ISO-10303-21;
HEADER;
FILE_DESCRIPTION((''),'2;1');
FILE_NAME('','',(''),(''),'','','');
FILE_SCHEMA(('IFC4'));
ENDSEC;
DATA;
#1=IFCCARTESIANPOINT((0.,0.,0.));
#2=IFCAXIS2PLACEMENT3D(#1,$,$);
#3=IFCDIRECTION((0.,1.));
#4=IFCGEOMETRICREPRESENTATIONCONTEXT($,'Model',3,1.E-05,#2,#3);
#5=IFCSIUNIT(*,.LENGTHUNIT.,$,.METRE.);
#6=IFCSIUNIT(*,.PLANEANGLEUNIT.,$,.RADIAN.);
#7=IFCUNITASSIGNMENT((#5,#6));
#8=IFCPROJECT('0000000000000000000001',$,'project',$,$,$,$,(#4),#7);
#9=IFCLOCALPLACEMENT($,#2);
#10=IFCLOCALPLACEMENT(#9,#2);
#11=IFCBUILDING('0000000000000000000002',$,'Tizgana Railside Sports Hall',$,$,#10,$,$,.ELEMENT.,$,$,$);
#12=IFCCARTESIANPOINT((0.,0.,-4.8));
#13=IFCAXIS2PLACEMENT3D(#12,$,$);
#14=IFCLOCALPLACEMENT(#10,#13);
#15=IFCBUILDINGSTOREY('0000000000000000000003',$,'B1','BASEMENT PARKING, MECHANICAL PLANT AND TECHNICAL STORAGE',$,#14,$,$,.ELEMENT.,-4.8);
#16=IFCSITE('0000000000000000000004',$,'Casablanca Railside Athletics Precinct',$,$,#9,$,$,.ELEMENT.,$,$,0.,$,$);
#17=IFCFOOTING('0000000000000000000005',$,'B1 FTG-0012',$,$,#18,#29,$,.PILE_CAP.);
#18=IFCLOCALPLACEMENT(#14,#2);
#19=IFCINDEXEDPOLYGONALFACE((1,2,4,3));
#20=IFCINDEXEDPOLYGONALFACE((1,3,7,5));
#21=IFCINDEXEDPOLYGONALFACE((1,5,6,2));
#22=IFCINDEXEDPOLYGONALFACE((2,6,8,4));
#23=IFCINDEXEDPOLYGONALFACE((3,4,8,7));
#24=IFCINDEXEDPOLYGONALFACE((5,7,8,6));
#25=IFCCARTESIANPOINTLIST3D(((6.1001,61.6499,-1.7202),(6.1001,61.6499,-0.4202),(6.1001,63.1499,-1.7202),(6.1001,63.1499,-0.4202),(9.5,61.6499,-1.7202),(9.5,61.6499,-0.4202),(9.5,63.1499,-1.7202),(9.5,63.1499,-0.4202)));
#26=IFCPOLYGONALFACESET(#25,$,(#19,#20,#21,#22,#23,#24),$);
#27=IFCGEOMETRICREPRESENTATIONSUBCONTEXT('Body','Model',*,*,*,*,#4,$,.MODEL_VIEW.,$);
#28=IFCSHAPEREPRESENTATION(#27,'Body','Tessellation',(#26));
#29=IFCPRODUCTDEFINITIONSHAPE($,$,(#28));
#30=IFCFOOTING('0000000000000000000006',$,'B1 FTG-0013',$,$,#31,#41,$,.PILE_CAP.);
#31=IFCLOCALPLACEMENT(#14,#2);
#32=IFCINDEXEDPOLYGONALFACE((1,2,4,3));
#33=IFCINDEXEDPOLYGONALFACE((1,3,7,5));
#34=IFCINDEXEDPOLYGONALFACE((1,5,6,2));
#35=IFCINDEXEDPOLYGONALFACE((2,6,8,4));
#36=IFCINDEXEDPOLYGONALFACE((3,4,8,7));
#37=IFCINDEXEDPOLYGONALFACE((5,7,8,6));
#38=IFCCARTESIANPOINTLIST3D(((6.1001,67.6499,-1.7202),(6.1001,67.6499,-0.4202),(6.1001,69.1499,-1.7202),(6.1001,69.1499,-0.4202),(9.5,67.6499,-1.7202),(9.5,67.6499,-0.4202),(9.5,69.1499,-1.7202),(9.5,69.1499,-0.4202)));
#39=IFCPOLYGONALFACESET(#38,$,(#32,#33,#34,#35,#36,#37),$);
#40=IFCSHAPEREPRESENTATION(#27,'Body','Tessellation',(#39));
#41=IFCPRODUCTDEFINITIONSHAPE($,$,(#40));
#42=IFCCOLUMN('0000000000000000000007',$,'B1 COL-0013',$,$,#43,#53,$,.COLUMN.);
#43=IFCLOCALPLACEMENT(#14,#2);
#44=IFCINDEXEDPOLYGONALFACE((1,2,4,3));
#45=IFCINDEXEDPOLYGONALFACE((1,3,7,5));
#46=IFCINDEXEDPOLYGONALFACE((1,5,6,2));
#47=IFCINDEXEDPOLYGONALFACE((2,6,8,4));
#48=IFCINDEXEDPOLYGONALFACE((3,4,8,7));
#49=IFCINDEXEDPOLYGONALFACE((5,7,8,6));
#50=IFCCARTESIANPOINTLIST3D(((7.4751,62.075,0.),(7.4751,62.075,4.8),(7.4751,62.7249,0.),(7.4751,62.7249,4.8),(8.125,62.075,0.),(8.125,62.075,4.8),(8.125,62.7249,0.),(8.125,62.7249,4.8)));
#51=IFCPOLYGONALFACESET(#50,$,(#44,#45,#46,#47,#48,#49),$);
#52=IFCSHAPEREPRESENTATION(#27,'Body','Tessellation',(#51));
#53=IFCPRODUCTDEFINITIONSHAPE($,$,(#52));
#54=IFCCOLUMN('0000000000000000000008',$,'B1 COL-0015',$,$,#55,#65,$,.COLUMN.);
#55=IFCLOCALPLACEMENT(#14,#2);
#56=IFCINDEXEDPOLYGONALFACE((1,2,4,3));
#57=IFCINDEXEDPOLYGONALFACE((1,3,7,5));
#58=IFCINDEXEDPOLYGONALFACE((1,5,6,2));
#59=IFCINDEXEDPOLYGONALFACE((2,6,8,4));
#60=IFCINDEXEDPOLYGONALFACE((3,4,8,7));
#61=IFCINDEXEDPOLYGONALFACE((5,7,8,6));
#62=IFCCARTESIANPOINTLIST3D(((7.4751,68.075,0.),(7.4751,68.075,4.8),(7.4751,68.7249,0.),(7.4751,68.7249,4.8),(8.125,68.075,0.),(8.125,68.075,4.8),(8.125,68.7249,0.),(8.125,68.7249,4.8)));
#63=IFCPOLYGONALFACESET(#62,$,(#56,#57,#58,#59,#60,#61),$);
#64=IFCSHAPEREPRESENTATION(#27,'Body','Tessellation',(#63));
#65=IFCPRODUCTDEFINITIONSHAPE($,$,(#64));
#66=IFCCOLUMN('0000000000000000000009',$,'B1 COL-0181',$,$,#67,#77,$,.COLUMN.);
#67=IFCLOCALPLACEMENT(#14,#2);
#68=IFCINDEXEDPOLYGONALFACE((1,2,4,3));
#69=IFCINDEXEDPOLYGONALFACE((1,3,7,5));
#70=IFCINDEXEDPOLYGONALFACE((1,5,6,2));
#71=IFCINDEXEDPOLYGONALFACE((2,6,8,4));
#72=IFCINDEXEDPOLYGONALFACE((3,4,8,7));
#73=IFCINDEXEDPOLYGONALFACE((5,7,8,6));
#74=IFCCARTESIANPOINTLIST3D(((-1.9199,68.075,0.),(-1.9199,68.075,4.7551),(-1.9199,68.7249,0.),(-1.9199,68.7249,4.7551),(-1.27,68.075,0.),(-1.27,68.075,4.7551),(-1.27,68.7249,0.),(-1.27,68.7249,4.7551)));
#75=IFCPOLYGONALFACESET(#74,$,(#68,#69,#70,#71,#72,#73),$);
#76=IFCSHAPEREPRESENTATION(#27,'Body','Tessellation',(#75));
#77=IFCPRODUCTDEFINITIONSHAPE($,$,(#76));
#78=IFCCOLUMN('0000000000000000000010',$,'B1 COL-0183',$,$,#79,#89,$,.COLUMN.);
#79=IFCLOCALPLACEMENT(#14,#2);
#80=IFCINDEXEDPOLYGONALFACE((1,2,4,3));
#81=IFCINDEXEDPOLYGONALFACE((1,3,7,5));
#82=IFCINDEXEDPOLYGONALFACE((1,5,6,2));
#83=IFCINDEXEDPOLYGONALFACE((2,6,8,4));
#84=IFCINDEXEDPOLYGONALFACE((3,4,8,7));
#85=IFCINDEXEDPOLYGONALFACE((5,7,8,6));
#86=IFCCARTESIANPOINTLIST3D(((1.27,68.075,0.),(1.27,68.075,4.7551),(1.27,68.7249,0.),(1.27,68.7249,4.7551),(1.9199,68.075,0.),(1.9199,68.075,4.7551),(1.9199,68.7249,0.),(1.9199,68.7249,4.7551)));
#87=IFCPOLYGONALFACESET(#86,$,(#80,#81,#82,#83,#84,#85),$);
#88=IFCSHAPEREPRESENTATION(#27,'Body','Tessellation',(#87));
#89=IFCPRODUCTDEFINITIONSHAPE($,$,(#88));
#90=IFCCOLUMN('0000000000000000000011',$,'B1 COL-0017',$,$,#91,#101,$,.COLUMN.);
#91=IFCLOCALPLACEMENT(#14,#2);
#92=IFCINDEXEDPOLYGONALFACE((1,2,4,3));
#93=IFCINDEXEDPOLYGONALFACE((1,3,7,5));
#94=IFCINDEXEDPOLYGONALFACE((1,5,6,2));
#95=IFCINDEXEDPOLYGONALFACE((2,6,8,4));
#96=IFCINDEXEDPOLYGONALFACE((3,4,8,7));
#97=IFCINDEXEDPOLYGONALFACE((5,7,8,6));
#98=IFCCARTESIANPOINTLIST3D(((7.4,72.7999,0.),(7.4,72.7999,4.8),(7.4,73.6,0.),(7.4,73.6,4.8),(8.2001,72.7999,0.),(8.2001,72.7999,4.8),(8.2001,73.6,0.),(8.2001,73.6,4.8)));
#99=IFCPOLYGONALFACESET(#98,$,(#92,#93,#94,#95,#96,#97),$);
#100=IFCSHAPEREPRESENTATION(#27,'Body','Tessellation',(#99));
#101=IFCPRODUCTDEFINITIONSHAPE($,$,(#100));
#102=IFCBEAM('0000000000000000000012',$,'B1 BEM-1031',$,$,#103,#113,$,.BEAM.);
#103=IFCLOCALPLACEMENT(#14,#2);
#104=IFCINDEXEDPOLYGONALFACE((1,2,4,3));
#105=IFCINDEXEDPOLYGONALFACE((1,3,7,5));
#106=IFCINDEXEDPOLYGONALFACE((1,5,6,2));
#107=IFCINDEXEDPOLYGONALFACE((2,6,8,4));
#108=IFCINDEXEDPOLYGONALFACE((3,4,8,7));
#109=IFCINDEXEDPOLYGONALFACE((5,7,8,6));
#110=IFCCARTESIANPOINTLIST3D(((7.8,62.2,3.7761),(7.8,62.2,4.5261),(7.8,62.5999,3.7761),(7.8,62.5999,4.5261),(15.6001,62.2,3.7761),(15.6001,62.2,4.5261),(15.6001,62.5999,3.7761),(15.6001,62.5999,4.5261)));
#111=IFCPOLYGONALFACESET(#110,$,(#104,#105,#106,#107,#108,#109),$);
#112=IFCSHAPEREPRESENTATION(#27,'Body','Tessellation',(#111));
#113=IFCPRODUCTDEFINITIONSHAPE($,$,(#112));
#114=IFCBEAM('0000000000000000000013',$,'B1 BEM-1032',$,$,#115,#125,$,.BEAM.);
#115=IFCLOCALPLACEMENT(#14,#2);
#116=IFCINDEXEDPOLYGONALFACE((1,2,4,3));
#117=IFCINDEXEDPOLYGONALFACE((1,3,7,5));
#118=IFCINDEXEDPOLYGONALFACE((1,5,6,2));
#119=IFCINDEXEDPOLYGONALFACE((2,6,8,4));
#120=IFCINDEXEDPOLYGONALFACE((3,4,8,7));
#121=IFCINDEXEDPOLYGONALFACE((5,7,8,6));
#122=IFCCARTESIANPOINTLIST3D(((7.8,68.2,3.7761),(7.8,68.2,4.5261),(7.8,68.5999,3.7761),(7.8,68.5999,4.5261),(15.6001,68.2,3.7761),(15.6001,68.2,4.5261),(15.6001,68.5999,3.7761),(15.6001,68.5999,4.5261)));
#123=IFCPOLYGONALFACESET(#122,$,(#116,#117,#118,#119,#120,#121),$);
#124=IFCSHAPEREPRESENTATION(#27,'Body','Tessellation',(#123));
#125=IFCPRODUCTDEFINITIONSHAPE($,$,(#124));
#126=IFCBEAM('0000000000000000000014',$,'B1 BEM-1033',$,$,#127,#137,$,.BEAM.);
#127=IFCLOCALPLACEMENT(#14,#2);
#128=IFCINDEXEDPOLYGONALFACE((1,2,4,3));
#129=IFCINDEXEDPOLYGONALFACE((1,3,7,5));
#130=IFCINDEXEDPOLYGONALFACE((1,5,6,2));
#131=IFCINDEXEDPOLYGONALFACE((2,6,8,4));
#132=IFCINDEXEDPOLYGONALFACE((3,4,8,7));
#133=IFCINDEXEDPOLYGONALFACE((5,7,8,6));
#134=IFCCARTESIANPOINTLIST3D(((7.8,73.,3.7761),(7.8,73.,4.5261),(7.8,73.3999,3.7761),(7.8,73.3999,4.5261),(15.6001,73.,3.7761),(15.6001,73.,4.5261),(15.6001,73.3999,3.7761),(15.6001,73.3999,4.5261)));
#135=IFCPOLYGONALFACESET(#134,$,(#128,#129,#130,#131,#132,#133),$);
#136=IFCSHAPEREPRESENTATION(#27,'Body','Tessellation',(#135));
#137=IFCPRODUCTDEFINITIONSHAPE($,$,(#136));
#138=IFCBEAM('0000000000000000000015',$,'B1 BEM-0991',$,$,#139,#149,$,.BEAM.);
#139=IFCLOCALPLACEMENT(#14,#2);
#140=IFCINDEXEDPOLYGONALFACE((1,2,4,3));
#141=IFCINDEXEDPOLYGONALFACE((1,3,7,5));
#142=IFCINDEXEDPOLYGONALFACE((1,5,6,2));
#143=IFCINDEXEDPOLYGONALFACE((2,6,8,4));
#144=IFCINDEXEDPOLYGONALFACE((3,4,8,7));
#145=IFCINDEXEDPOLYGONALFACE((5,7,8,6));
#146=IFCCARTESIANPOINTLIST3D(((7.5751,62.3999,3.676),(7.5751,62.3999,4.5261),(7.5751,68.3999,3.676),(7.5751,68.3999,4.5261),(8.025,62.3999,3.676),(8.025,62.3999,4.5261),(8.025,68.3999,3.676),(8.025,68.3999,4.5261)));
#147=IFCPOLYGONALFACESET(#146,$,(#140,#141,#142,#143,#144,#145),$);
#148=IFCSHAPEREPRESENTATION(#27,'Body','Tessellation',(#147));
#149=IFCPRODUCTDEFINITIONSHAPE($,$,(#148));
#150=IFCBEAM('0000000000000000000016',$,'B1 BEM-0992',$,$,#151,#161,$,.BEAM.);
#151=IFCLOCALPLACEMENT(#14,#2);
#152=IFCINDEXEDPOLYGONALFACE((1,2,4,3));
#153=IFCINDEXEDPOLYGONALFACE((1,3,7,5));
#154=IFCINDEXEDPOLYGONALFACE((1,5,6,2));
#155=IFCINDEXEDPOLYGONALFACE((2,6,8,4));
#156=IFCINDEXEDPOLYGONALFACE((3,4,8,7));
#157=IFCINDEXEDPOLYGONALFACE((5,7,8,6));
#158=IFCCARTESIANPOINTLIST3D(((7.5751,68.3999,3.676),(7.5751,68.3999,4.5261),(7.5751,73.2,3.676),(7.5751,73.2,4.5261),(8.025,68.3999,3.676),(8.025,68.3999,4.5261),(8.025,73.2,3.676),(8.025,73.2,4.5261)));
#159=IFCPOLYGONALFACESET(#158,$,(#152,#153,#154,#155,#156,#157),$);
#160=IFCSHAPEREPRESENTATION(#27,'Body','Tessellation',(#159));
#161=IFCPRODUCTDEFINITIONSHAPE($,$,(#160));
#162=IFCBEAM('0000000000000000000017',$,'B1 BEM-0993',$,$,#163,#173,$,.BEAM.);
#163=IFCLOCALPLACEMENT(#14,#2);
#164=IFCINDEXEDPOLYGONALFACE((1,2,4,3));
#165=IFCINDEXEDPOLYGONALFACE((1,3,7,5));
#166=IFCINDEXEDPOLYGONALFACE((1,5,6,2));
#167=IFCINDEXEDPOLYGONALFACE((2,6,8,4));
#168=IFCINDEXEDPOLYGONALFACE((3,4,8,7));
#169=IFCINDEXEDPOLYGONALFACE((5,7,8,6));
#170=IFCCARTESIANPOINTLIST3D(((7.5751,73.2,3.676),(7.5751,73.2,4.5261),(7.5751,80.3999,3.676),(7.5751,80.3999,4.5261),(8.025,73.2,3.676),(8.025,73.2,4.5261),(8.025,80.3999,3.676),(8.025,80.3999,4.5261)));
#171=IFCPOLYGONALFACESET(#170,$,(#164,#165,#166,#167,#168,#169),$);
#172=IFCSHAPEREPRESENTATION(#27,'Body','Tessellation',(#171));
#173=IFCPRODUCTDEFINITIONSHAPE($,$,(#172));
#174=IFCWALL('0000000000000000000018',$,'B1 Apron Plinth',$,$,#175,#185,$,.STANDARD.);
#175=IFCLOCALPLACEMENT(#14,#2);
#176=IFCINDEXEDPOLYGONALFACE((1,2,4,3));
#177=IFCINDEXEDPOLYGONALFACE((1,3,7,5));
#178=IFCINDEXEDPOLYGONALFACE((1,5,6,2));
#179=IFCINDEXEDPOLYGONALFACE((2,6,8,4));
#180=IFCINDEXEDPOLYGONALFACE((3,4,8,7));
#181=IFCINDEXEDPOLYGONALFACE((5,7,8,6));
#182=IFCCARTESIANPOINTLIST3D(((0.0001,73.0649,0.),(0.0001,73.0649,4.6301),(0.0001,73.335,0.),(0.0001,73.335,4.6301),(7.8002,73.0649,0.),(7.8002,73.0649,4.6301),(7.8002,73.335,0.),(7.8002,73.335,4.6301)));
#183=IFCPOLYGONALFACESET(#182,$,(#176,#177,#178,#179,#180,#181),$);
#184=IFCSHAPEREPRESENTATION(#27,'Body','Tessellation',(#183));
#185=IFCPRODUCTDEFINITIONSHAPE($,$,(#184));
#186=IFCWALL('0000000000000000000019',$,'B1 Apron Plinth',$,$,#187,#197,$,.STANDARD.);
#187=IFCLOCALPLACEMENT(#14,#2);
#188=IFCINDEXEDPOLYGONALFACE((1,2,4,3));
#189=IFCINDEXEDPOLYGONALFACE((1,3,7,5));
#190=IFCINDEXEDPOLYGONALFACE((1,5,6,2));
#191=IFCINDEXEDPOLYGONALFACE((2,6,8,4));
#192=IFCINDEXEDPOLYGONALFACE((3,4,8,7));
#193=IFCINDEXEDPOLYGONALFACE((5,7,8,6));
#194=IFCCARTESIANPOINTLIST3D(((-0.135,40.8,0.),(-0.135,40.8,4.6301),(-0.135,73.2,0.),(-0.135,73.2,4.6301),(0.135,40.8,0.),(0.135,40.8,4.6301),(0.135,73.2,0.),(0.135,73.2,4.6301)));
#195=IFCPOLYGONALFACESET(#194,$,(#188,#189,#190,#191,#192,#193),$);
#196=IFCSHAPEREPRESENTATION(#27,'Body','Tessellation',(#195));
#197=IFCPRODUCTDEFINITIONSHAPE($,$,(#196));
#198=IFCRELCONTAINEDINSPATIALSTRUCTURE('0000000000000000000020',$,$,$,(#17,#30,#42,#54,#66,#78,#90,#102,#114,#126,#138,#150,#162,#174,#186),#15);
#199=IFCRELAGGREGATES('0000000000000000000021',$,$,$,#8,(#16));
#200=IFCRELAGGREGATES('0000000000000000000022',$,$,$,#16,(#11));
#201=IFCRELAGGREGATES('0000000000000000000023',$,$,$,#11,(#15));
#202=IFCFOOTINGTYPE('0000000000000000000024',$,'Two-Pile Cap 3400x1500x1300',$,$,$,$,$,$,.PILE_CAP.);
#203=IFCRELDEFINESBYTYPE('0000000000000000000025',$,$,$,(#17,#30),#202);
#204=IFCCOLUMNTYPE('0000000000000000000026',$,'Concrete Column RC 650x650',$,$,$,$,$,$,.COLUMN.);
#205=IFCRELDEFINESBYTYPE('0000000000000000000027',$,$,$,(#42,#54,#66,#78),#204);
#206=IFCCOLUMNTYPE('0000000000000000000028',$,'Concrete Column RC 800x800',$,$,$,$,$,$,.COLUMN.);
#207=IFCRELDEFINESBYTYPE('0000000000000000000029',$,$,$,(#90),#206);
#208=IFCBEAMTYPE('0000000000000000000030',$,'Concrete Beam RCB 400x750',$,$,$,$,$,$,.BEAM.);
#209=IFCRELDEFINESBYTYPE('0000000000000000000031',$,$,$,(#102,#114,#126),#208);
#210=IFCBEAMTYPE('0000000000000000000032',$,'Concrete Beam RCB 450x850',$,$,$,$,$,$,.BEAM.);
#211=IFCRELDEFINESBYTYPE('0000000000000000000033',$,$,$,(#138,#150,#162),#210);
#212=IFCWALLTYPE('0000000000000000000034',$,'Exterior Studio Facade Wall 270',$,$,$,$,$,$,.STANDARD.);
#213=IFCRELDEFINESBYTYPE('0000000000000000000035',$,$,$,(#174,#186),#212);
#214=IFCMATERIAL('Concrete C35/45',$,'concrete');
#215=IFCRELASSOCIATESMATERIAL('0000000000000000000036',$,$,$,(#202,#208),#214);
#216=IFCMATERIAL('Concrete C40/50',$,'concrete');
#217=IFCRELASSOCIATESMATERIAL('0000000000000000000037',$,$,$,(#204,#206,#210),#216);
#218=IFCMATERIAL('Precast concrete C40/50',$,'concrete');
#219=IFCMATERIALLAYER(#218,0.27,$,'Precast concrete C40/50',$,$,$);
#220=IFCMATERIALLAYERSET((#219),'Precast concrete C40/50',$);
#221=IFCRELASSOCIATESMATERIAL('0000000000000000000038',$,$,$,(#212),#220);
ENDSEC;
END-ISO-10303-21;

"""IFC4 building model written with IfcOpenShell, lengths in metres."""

from ifc_helpers import new_model, si_unit, direction, frame, frame_2d, origin, origin_2d, place, context, subcontext, project, spatial, rectangle, extrude, material, layer, layer_set, material_profile, profile_set, type_object, element, save


model = new_model("IFC4")

# Units and contexts
model_context = context("Model", 3, precision=1e-05, world=origin(), true_north=direction((0.0, 1.0)))
body_context = subcontext(model_context, "Body", "Model", "MODEL_VIEW")
ifc_project = project(units=[si_unit("LENGTHUNIT", "METRE"), si_unit("PLANEANGLEUNIT", "RADIAN")], contexts=[model_context])

# Site, building, storey
site_placement = place(None, origin())
site = spatial("IfcSite", under=ifc_project, at=site_placement, Name="Casablanca Railside Athletics Precinct", CompositionType="ELEMENT", RefElevation=0.0)
building_placement = place(site_placement, origin())
building = spatial("IfcBuilding", under=site, at=building_placement, Name="Tizgana Railside Sports Hall", CompositionType="ELEMENT")
storey_placement = place(building_placement, frame((0.0, 0.0, -4.8)))
storey = spatial("IfcBuildingStorey", under=building, at=storey_placement, Name="B1", Description="BASEMENT PARKING, MECHANICAL PLANT AND TECHNICAL STORAGE", CompositionType="ELEMENT", Elevation=-4.8)

# Shared definitions
ifc_material_1 = material(Name="Concrete C35/45", Category="concrete")

# Footings
footing_type_1 = type_object("IfcFootingType", Name="Two-Pile Cap 3400x1500x1300", PredefinedType="PILE_CAP", material=ifc_material_1)
for number, where, z_axis, x_axis, name in (
    (1, (7.8, 62.3999, -1.7202), (0.0, 0.0, 1.0), (1.0, 0.0, 0.0), "B1 FTG-0012"),
    (2, (7.8, 68.3999, -1.7202), (0.0, 0.0, 1.0), (1.0, 0.0, 0.0), "B1 FTG-0013"),
):
    element("IfcFooting", number, at=place(storey_placement, frame(where, z_axis=z_axis, x_axis=x_axis)), inside=storey, type_object=footing_type_1, Name=name, PredefinedType="PILE_CAP", context=body_context, shape_type="SweptSolid", body=[
        extrude(rectangle(XDim=3.3999, YDim=1.5, at=origin_2d()), origin(), (0.0, 0.0, 1.0), 1.3),
    ])

# Columns
ifc_material_2 = material(Name="Concrete C40/50", Category="concrete")
ifc_material_profile_1 = material_profile(ifc_material_2, rectangle(XDim=0.6499, YDim=0.6499, at=origin_2d()), Name="RC 650x650")
ifc_profile_set_1 = profile_set([ifc_material_profile_1], Name="Concrete C40/50")
column_type_1 = type_object("IfcColumnType", Name="Concrete Column RC 650x650", PredefinedType="COLUMN", material=ifc_profile_set_1)
for number, where, z_axis, x_axis, name in (
    (3, (7.8, 62.3999, 0.0), (0.0, 0.0, 1.0), (1.0, 0.0, 0.0), "B1 COL-0013"),
    (4, (7.8, 68.3999, 0.0), (0.0, 0.0, 1.0), (1.0, 0.0, 0.0), "B1 COL-0015"),
):
    element("IfcColumn", number, at=place(storey_placement, frame(where, z_axis=z_axis, x_axis=x_axis)), inside=storey, type_object=column_type_1, Name=name, PredefinedType="COLUMN", context=body_context, shape_type="SweptSolid", body=[
        extrude(rectangle(XDim=0.6499, YDim=0.6499, at=origin_2d()), origin(), (0.0, 0.0, 1.0), 4.8),
    ])
for number, where, z_axis, x_axis, name in (
    (5, (-1.595, 68.3999, 0.0), (0.0, 0.0, 1.0), (1.0, 0.0, 0.0), "B1 COL-0181"),
    (6, (1.595, 68.3999, 0.0), (0.0, 0.0, 1.0), (1.0, 0.0, 0.0), "B1 COL-0183"),
):
    element("IfcColumn", number, at=place(storey_placement, frame(where, z_axis=z_axis, x_axis=x_axis)), inside=storey, type_object=column_type_1, Name=name, PredefinedType="COLUMN", context=body_context, shape_type="SweptSolid", body=[
        extrude(rectangle(XDim=0.6499, YDim=0.6499, at=origin_2d()), origin(), (0.0, 0.0, 1.0), 4.7551),
    ])
ifc_material_profile_2 = material_profile(ifc_material_2, rectangle(XDim=0.8, YDim=0.8, at=origin_2d()), Name="RC 800x800")
ifc_profile_set_2 = profile_set([ifc_material_profile_2], Name="Concrete C40/50")
column_type_2 = type_object("IfcColumnType", Name="Concrete Column RC 800x800", PredefinedType="COLUMN", material=ifc_profile_set_2)
column_placement = place(storey_placement, frame((7.8, 73.2, 0.0), z_axis=(0.0, 0.0, 1.0), x_axis=(1.0, 0.0, 0.0)))
element("IfcColumn", 7, at=column_placement, inside=storey, type_object=column_type_2, Name="B1 COL-0017", PredefinedType="COLUMN", context=body_context, shape_type="SweptSolid", body=[
    extrude(rectangle(XDim=0.8, YDim=0.8, at=origin_2d()), origin(), (0.0, 0.0, 1.0), 4.8),
])

# Beams
ifc_material_profile_3 = material_profile(ifc_material_1, rectangle(XDim=0.3999, YDim=0.75, at=origin_2d()), Name="RCB 400x750")
ifc_profile_set_3 = profile_set([ifc_material_profile_3], Name="Concrete C35/45")
beam_type_1 = type_object("IfcBeamType", Name="Concrete Beam RCB 400x750", PredefinedType="BEAM", material=ifc_profile_set_3)
for number, where, z_axis, x_axis, name in (
    (8, (7.8, 62.3999, 4.1511), (1.0, 0.0, 0.0), (0.0, 1.0, 0.0), "B1 BEM-1031"),
    (9, (7.8, 68.3999, 4.1511), (1.0, 0.0, 0.0), (0.0, 1.0, 0.0), "B1 BEM-1032"),
    (10, (7.8, 73.2, 4.1511), (1.0, 0.0, 0.0), (0.0, 1.0, 0.0), "B1 BEM-1033"),
):
    element("IfcBeam", number, at=place(storey_placement, frame(where, z_axis=z_axis, x_axis=x_axis)), inside=storey, type_object=beam_type_1, Name=name, PredefinedType="BEAM", context=body_context, shape_type="SweptSolid", body=[
        extrude(rectangle(XDim=0.3999, YDim=0.75, at=origin_2d()), origin(), (0.0, 0.0, 1.0), 7.8),
    ])
ifc_material_profile_4 = material_profile(ifc_material_2, rectangle(XDim=0.45, YDim=0.8501, at=origin_2d()), Name="RCB 450x850")
ifc_profile_set_4 = profile_set([ifc_material_profile_4], Name="Concrete C40/50")
beam_type_2 = type_object("IfcBeamType", Name="Concrete Beam RCB 450x850", PredefinedType="BEAM", material=ifc_profile_set_4)
beam_1_placement = place(storey_placement, frame((7.8, 62.3999, 4.1011), z_axis=(0.0, 1.0, 0.0), x_axis=(-1.0, 0.0, 0.0)))
element("IfcBeam", 11, at=beam_1_placement, inside=storey, type_object=beam_type_2, Name="B1 BEM-0991", PredefinedType="BEAM", context=body_context, shape_type="SweptSolid", body=[
    extrude(rectangle(XDim=0.45, YDim=0.8501, at=origin_2d()), origin(), (0.0, 0.0, 1.0), 6.0),
])
beam_2_placement = place(storey_placement, frame((7.8, 68.3999, 4.1011), z_axis=(0.0, 1.0, 0.0), x_axis=(-1.0, 0.0, 0.0)))
element("IfcBeam", 12, at=beam_2_placement, inside=storey, type_object=beam_type_2, Name="B1 BEM-0992", PredefinedType="BEAM", context=body_context, shape_type="SweptSolid", body=[
    extrude(rectangle(XDim=0.45, YDim=0.8501, at=origin_2d()), origin(), (0.0, 0.0, 1.0), 4.8),
])
beam_3_placement = place(storey_placement, frame((7.8, 73.2, 4.1011), z_axis=(0.0, 1.0, 0.0), x_axis=(-1.0, 0.0, 0.0)))
element("IfcBeam", 13, at=beam_3_placement, inside=storey, type_object=beam_type_2, Name="B1 BEM-0993", PredefinedType="BEAM", context=body_context, shape_type="SweptSolid", body=[
    extrude(rectangle(XDim=0.45, YDim=0.8501, at=origin_2d()), origin(), (0.0, 0.0, 1.0), 7.2),
])

# Walls
ifc_material_3 = material(Name="Precast concrete C40/50", Category="concrete")
ifc_layer = layer(ifc_material_3, 0.27, Name="Precast concrete C40/50")
ifc_layer_set = layer_set([ifc_layer], Name="Precast concrete C40/50")
wall_type = type_object("IfcWallType", Name="Exterior Studio Facade Wall 270", PredefinedType="STANDARD", material=ifc_layer_set)
wall_1_placement = place(storey_placement, frame((7.8, 73.2, 0.0), z_axis=(0.0, 0.0, 1.0), x_axis=(-1.0, 0.0, 0.0)))
element("IfcWall", 14, at=wall_1_placement, inside=storey, type_object=wall_type, Name="B1 Apron Plinth", PredefinedType="STANDARD", context=body_context, shape_type="SweptSolid", body=[
    extrude(rectangle(XDim=7.8, YDim=0.27, at=frame_2d((3.8999, 0.0))), origin(), (0.0, 0.0, 1.0), 4.6301),
])
wall_2_placement = place(storey_placement, frame((0.0, 73.2, 0.0), z_axis=(0.0, 0.0, 1.0), x_axis=(0.0, -1.0, 0.0)))
element("IfcWall", 15, at=wall_2_placement, inside=storey, type_object=wall_type, Name="B1 Apron Plinth", PredefinedType="STANDARD", context=body_context, shape_type="SweptSolid", body=[
    extrude(rectangle(XDim=32.3999, YDim=0.27, at=frame_2d((16.2, 0.0))), origin(), (0.0, 0.0, 1.0), 4.6301),
])

save(model, "model.ifc")
